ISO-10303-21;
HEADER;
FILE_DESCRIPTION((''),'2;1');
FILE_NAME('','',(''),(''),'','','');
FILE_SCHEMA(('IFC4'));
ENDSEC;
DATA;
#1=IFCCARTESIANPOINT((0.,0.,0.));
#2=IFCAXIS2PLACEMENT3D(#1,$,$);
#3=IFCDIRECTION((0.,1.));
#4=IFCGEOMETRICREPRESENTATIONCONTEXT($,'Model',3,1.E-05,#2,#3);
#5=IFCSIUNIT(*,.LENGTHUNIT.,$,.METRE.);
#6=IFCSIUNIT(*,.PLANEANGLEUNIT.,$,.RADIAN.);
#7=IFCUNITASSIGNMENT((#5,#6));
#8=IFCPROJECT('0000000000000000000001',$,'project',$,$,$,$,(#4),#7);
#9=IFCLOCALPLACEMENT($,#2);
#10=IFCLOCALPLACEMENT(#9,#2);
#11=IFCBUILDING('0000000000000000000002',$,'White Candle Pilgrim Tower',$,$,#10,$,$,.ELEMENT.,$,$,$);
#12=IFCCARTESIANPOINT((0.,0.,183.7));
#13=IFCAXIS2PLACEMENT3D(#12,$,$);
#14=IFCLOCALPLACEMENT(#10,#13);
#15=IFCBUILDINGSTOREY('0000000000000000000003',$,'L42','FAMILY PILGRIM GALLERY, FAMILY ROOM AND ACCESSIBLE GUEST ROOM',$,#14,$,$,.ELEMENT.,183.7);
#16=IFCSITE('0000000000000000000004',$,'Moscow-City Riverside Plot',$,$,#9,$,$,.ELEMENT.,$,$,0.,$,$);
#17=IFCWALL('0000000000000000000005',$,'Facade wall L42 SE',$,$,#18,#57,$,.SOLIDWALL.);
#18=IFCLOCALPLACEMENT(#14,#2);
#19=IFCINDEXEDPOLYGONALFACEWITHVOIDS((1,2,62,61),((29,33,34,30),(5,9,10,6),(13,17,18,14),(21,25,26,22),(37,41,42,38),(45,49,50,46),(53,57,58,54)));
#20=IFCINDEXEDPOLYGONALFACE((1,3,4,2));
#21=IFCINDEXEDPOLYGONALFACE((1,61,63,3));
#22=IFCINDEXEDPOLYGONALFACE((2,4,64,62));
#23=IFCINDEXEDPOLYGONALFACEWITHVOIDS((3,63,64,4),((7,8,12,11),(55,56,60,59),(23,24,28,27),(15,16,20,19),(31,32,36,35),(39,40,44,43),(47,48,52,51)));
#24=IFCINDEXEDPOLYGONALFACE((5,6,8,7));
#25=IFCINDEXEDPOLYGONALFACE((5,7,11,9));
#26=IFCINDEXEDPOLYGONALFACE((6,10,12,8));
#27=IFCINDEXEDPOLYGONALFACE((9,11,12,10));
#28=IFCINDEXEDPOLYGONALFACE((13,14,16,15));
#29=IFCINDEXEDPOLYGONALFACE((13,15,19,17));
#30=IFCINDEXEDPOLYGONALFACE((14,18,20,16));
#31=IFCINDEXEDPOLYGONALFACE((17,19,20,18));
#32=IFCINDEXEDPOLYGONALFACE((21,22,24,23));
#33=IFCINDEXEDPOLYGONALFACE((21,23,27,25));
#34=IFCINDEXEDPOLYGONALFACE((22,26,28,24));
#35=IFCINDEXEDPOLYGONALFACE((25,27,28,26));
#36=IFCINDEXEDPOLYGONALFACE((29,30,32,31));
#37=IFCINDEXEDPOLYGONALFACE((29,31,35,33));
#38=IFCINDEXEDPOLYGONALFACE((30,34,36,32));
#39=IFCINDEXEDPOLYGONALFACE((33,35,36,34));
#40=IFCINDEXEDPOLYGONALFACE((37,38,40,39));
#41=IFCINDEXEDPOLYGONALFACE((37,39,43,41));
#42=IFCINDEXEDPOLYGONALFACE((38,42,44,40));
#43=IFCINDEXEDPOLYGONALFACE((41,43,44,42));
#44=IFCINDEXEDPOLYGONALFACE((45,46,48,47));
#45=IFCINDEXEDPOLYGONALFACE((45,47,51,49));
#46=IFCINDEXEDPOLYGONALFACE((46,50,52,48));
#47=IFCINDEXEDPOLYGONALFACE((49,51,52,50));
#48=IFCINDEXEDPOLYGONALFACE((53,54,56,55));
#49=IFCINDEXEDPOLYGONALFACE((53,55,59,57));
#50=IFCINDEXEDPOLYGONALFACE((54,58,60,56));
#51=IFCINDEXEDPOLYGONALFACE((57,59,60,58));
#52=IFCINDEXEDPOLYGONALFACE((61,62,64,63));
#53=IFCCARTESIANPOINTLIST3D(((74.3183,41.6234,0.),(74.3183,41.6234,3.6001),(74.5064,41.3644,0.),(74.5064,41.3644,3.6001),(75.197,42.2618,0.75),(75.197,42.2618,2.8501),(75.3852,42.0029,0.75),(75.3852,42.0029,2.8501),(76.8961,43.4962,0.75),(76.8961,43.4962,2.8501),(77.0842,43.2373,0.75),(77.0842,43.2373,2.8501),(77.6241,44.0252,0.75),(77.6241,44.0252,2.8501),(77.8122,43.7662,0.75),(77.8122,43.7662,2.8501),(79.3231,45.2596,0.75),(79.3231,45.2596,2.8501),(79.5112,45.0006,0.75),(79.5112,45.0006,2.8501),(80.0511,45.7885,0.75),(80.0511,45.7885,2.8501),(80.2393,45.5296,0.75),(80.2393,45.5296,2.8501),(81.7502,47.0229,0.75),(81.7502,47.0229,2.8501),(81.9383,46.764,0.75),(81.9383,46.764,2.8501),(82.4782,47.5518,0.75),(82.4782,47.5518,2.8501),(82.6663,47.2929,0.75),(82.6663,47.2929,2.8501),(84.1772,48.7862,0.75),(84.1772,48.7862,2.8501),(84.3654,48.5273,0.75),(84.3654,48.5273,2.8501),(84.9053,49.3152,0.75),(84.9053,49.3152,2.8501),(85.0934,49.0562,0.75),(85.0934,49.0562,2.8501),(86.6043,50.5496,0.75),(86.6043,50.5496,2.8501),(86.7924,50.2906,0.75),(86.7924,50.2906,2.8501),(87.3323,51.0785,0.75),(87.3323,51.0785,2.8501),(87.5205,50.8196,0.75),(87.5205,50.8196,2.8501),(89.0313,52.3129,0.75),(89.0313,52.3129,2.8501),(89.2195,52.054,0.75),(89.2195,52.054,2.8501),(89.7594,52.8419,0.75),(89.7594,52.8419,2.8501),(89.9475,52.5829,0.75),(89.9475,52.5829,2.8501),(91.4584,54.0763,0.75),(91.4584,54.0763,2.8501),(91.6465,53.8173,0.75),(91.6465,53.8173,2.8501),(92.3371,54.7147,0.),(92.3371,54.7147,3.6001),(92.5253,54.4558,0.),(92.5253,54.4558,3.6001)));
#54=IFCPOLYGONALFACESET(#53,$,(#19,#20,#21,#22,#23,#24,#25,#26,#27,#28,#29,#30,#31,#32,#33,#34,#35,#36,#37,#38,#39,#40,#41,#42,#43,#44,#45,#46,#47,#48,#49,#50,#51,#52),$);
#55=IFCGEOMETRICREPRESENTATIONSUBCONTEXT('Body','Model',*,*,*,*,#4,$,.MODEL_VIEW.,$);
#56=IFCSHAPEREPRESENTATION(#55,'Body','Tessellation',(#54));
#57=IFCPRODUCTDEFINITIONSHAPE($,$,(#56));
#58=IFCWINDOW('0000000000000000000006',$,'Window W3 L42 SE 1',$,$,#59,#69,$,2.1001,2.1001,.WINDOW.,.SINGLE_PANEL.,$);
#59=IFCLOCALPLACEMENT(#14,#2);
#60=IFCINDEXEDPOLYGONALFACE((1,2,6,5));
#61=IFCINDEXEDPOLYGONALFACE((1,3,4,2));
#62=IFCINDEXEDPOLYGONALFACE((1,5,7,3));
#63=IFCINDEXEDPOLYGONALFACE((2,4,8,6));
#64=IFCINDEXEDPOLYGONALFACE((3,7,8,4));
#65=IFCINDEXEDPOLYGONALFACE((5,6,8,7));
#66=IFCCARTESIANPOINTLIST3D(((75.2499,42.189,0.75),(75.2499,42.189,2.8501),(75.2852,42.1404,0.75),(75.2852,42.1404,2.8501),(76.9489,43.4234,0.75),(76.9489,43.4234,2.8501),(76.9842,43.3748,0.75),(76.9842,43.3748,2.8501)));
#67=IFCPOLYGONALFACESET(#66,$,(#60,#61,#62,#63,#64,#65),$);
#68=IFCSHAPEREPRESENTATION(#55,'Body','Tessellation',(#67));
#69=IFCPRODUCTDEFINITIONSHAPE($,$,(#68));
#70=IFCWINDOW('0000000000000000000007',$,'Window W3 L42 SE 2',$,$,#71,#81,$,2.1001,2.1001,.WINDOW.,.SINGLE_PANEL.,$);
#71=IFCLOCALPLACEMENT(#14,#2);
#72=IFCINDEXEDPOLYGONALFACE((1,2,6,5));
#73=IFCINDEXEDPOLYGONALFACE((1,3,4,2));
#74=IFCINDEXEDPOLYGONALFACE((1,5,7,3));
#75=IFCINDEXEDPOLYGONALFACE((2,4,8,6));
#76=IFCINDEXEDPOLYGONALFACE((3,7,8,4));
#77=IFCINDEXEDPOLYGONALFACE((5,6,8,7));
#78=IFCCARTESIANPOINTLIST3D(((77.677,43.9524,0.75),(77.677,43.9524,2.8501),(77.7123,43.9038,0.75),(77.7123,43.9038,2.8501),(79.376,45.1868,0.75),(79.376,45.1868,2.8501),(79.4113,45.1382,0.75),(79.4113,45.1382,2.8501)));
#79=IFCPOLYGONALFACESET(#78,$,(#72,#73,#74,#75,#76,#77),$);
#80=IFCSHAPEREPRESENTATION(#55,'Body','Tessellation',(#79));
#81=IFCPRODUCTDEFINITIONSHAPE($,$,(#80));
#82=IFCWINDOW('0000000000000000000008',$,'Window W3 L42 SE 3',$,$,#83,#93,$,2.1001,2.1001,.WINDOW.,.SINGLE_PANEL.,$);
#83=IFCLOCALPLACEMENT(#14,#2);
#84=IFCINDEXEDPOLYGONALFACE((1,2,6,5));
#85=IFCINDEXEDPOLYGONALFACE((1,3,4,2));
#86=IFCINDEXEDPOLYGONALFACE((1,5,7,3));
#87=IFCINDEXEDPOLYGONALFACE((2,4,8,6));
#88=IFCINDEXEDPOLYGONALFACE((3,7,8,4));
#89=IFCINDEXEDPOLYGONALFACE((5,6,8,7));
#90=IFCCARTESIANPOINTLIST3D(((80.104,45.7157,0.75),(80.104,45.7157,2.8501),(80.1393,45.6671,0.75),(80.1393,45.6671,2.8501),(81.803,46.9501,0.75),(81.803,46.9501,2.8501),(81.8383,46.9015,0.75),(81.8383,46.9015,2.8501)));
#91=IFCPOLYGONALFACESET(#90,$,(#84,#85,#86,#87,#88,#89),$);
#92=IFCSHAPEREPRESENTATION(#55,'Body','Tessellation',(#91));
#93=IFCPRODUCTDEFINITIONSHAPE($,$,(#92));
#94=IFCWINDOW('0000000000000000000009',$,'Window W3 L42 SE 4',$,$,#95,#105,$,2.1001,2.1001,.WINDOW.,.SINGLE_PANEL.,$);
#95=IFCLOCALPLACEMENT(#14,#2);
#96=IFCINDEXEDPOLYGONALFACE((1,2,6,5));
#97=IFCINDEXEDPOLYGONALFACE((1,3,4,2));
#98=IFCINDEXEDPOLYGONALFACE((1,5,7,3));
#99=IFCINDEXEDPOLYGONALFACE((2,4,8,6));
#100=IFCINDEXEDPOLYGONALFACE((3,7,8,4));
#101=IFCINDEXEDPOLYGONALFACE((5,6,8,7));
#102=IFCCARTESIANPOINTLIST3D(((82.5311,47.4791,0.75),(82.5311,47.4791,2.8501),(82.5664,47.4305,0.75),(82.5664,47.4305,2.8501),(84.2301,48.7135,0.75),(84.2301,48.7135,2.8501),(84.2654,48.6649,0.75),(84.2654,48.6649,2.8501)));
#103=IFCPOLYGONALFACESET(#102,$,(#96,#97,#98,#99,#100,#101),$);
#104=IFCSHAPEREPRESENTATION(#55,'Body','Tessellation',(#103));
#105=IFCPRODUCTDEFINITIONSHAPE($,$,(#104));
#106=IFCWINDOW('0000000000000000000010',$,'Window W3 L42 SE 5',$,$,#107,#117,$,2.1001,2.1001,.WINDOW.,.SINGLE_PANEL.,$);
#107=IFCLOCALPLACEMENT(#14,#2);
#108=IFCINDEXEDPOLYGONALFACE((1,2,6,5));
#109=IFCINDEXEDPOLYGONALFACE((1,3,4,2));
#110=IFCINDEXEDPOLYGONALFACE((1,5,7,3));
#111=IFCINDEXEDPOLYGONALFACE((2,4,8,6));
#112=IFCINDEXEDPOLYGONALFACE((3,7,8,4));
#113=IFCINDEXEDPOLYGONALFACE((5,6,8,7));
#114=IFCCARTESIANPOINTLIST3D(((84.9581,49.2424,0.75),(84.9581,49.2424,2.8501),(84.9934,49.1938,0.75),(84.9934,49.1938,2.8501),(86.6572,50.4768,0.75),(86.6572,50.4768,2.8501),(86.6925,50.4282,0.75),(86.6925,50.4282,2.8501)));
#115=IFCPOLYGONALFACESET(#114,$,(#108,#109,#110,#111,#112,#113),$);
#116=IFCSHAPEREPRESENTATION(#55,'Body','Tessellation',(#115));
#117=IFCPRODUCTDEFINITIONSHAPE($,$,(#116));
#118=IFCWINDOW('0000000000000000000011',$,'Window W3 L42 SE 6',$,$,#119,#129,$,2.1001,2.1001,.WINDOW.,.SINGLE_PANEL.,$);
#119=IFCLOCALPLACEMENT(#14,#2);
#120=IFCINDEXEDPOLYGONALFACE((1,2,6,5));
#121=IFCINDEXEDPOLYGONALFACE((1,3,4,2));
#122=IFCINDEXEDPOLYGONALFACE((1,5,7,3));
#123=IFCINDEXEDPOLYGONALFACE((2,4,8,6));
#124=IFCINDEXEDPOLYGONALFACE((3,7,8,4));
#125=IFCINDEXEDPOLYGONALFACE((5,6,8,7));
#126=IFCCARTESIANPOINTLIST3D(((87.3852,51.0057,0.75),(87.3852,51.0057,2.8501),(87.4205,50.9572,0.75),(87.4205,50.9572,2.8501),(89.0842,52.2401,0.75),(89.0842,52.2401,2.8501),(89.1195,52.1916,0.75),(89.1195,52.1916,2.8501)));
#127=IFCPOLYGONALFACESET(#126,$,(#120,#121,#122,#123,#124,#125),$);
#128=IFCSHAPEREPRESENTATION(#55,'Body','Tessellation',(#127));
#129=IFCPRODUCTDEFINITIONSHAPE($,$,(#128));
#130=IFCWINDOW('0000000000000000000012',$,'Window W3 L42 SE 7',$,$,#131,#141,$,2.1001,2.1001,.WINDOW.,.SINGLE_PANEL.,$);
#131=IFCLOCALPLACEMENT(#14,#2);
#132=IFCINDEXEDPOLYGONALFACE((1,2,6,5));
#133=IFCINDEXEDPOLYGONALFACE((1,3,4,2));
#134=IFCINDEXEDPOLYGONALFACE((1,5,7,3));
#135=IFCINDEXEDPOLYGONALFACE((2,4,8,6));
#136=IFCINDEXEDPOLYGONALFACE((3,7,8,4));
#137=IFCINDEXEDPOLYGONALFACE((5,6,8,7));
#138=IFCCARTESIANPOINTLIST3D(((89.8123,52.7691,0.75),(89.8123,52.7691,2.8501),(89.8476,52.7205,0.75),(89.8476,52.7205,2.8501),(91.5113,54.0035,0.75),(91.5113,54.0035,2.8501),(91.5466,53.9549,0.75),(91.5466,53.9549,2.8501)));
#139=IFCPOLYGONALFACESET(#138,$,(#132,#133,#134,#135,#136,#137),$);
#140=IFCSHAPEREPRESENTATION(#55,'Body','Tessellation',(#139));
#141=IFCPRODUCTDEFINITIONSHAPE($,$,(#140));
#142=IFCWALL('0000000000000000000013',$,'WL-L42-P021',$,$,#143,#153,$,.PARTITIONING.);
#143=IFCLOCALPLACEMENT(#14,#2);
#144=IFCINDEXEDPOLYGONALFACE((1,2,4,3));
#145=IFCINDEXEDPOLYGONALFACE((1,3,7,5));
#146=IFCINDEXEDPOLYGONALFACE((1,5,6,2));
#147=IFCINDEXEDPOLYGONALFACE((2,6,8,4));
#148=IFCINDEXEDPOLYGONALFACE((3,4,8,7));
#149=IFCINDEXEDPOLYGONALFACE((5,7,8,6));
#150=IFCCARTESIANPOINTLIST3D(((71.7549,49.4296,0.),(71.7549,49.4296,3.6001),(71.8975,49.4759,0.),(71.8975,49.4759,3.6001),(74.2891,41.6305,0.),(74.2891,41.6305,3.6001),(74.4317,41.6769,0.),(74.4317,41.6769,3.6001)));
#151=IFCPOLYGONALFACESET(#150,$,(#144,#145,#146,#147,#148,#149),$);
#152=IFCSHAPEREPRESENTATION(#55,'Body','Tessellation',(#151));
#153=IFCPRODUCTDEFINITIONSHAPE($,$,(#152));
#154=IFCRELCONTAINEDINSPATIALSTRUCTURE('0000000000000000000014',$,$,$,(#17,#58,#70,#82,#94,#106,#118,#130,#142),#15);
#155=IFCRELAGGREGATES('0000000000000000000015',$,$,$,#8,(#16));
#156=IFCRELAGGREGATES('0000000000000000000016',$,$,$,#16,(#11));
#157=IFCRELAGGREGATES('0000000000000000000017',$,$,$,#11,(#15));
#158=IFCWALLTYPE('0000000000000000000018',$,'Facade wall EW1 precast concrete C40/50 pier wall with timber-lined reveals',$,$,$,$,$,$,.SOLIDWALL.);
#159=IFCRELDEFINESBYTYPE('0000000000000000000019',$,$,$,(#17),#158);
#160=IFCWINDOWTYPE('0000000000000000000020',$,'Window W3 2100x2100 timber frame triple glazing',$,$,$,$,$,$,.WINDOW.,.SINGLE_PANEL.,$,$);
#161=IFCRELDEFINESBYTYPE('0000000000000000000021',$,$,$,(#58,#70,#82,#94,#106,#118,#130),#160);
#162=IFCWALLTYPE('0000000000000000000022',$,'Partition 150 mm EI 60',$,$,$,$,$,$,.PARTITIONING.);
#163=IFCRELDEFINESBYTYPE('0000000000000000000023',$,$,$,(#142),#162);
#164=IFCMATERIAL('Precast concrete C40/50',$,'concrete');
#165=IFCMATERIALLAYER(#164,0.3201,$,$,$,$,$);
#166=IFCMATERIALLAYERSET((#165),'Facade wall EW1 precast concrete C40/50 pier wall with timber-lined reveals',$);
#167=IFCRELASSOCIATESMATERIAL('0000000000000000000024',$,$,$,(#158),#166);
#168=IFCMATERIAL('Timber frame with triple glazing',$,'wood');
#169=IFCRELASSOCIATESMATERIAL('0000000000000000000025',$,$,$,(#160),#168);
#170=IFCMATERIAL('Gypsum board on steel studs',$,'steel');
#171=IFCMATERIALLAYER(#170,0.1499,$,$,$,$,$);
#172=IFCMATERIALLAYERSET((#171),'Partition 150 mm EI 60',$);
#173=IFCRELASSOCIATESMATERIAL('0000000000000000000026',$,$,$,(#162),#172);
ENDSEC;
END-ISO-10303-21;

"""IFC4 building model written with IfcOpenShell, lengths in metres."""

from ifc_helpers import new_model, si_unit, direction, frame, frame_2d, origin, place, context, subcontext, project, spatial, rectangle, extrude, material, layer, layer_set, type_object, element, fill, save


model = new_model("IFC4")

# Units and contexts
model_context = context("Model", 3, precision=1e-05, world=origin(), true_north=direction((0.0, 1.0)))
body_context = subcontext(model_context, "Body", "Model", "MODEL_VIEW")
ifc_project = project(units=[si_unit("LENGTHUNIT", "METRE"), si_unit("PLANEANGLEUNIT", "RADIAN")], contexts=[model_context])

# Site, building, storey
site_placement = place(None, origin())
site = spatial("IfcSite", under=ifc_project, at=site_placement, Name="Moscow-City Riverside Plot", CompositionType="ELEMENT", RefElevation=0.0)
building_placement = place(site_placement, origin())
building = spatial("IfcBuilding", under=site, at=building_placement, Name="White Candle Pilgrim Tower", CompositionType="ELEMENT")
storey_placement = place(building_placement, frame((0.0, 0.0, 183.7)))
storey = spatial("IfcBuildingStorey", under=building, at=storey_placement, Name="L42", Description="FAMILY PILGRIM GALLERY, FAMILY ROOM AND ACCESSIBLE GUEST ROOM", CompositionType="ELEMENT", Elevation=183.7)

# Shared definitions
ifc_material_1 = material(Name="Gypsum board on steel studs", Category="steel")

# Wall, openings, windows
ifc_material_2 = material(Name="Precast concrete C40/50", Category="concrete")
ifc_layer_1 = layer(ifc_material_2, 0.3201)
ifc_layer_set_1 = layer_set([ifc_layer_1], Name="Facade wall EW1 precast concrete C40/50 pier wall with timber-lined reveals")
wall_type_1 = type_object("IfcWallType", Name="Facade wall EW1 precast concrete C40/50 pier wall with timber-lined reveals", PredefinedType="SOLIDWALL", material=ifc_layer_set_1)
wall_1_placement = place(storey_placement, frame((74.4124, 41.4939, 0.0), z_axis=(0.0, 0.0, 1.0), x_axis=(0.809019, 0.587782, 0.0)))
wall_1 = element("IfcWall", 1, at=wall_1_placement, inside=storey, type_object=wall_type_1, Name="Facade wall L42 SE", PredefinedType="SOLIDWALL", context=body_context, shape_type="SweptSolid", body=[
    extrude(rectangle(XDim=22.2725, YDim=0.3201, at=frame_2d((11.1362, 0.0))), origin(), (0.0, 0.0, 1.0), 3.6001),
])
opening_1_placement = place(wall_1_placement, frame((1.0862, 0.0, 0.75)))
opening_1 = element("IfcOpeningElement", 2, at=opening_1_placement, cuts=wall_1, PredefinedType="OPENING", context=body_context, shape_type="SweptSolid", body=[
    extrude(rectangle(XDim=2.1001, YDim=2.1001, at=frame_2d((1.05, 1.05))), frame((0.0, 0.1699, 0.0), z_axis=(0.0, -1.0, 0.0), x_axis=(1.0, 0.0, 0.0)), (0.0, 0.0, 1.0), 0.3401),
])
opening_2_placement = place(wall_1_placement, frame((4.0862, 0.0, 0.75)))
opening_2 = element("IfcOpeningElement", 3, at=opening_2_placement, cuts=wall_1, PredefinedType="OPENING", context=body_context, shape_type="SweptSolid", body=[
    extrude(rectangle(XDim=2.1001, YDim=2.1001, at=frame_2d((1.05, 1.05))), frame((0.0, 0.1699, 0.0), z_axis=(0.0, -1.0, 0.0), x_axis=(1.0, 0.0, 0.0)), (0.0, 0.0, 1.0), 0.3401),
])
opening_3_placement = place(wall_1_placement, frame((7.0862, 0.0, 0.75)))
opening_3 = element("IfcOpeningElement", 4, at=opening_3_placement, cuts=wall_1, PredefinedType="OPENING", context=body_context, shape_type="SweptSolid", body=[
    extrude(rectangle(XDim=2.1001, YDim=2.1001, at=frame_2d((1.05, 1.05))), frame((0.0, 0.1699, 0.0), z_axis=(0.0, -1.0, 0.0), x_axis=(1.0, 0.0, 0.0)), (0.0, 0.0, 1.0), 0.3401),
])
opening_4_placement = place(wall_1_placement, frame((10.0862, 0.0, 0.75)))
opening_4 = element("IfcOpeningElement", 5, at=opening_4_placement, cuts=wall_1, PredefinedType="OPENING", context=body_context, shape_type="SweptSolid", body=[
    extrude(rectangle(XDim=2.1001, YDim=2.1001, at=frame_2d((1.05, 1.05))), frame((0.0, 0.1699, 0.0), z_axis=(0.0, -1.0, 0.0), x_axis=(1.0, 0.0, 0.0)), (0.0, 0.0, 1.0), 0.3401),
])
opening_5_placement = place(wall_1_placement, frame((13.0862, 0.0, 0.75)))
opening_5 = element("IfcOpeningElement", 6, at=opening_5_placement, cuts=wall_1, PredefinedType="OPENING", context=body_context, shape_type="SweptSolid", body=[
    extrude(rectangle(XDim=2.1001, YDim=2.1001, at=frame_2d((1.05, 1.05))), frame((0.0, 0.1699, 0.0), z_axis=(0.0, -1.0, 0.0), x_axis=(1.0, 0.0, 0.0)), (0.0, 0.0, 1.0), 0.3401),
])
opening_6_placement = place(wall_1_placement, frame((16.0862, 0.0, 0.75)))
opening_6 = element("IfcOpeningElement", 7, at=opening_6_placement, cuts=wall_1, PredefinedType="OPENING", context=body_context, shape_type="SweptSolid", body=[
    extrude(rectangle(XDim=2.1001, YDim=2.1001, at=frame_2d((1.05, 1.05))), frame((0.0, 0.1699, 0.0), z_axis=(0.0, -1.0, 0.0), x_axis=(1.0, 0.0, 0.0)), (0.0, 0.0, 1.0), 0.3401),
])
opening_7_placement = place(wall_1_placement, frame((19.0862, 0.0, 0.75)))
opening_7 = element("IfcOpeningElement", 8, at=opening_7_placement, cuts=wall_1, PredefinedType="OPENING", context=body_context, shape_type="SweptSolid", body=[
    extrude(rectangle(XDim=2.1001, YDim=2.1001, at=frame_2d((1.05, 1.05))), frame((0.0, 0.1699, 0.0), z_axis=(0.0, -1.0, 0.0), x_axis=(1.0, 0.0, 0.0)), (0.0, 0.0, 1.0), 0.3401),
])
ifc_material_3 = material(Name="Timber frame with triple glazing", Category="wood")
window_type = type_object("IfcWindowType", Name="Window W3 2100x2100 timber frame triple glazing", PartitioningType="SINGLE_PANEL", PredefinedType="WINDOW", material=ifc_material_3)
window_1_placement = place(opening_1_placement, origin())
window_1 = element("IfcWindow", 9, at=window_1_placement, inside=storey, type_object=window_type, Name="Window W3 L42 SE 1", OverallHeight=2.1001, OverallWidth=2.1001, PartitioningType="SINGLE_PANEL", PredefinedType="WINDOW", context=body_context, shape_type="SweptSolid", body=[
    extrude(rectangle(XDim=2.1001, YDim=2.1001, at=frame_2d((1.05, 1.05))), frame((0.0, 0.0701, 0.0), z_axis=(0.0, -1.0, 0.0), x_axis=(1.0, 0.0, 0.0)), (0.0, 0.0, 1.0), 0.0601),
])
fill(opening_1, window_1)
window_2_placement = place(opening_2_placement, origin())
window_2 = element("IfcWindow", 10, at=window_2_placement, inside=storey, type_object=window_type, Name="Window W3 L42 SE 2", OverallHeight=2.1001, OverallWidth=2.1001, PartitioningType="SINGLE_PANEL", PredefinedType="WINDOW", context=body_context, shape_type="SweptSolid", body=[
    extrude(rectangle(XDim=2.1001, YDim=2.1001, at=frame_2d((1.05, 1.05))), frame((0.0, 0.0701, 0.0), z_axis=(0.0, -1.0, 0.0), x_axis=(1.0, 0.0, 0.0)), (0.0, 0.0, 1.0), 0.0601),
])
fill(opening_2, window_2)
window_3_placement = place(opening_3_placement, origin())
window_3 = element("IfcWindow", 11, at=window_3_placement, inside=storey, type_object=window_type, Name="Window W3 L42 SE 3", OverallHeight=2.1001, OverallWidth=2.1001, PartitioningType="SINGLE_PANEL", PredefinedType="WINDOW", context=body_context, shape_type="SweptSolid", body=[
    extrude(rectangle(XDim=2.1001, YDim=2.1001, at=frame_2d((1.05, 1.05))), frame((0.0, 0.0701, 0.0), z_axis=(0.0, -1.0, 0.0), x_axis=(1.0, 0.0, 0.0)), (0.0, 0.0, 1.0), 0.0601),
])
fill(opening_3, window_3)
window_4_placement = place(opening_4_placement, origin())
window_4 = element("IfcWindow", 12, at=window_4_placement, inside=storey, type_object=window_type, Name="Window W3 L42 SE 4", OverallHeight=2.1001, OverallWidth=2.1001, PartitioningType="SINGLE_PANEL", PredefinedType="WINDOW", context=body_context, shape_type="SweptSolid", body=[
    extrude(rectangle(XDim=2.1001, YDim=2.1001, at=frame_2d((1.05, 1.05))), frame((0.0, 0.0701, 0.0), z_axis=(0.0, -1.0, 0.0), x_axis=(1.0, 0.0, 0.0)), (0.0, 0.0, 1.0), 0.0601),
])
fill(opening_4, window_4)
window_5_placement = place(opening_5_placement, origin())
window_5 = element("IfcWindow", 13, at=window_5_placement, inside=storey, type_object=window_type, Name="Window W3 L42 SE 5", OverallHeight=2.1001, OverallWidth=2.1001, PartitioningType="SINGLE_PANEL", PredefinedType="WINDOW", context=body_context, shape_type="SweptSolid", body=[
    extrude(rectangle(XDim=2.1001, YDim=2.1001, at=frame_2d((1.05, 1.05))), frame((0.0, 0.0701, 0.0), z_axis=(0.0, -1.0, 0.0), x_axis=(1.0, 0.0, 0.0)), (0.0, 0.0, 1.0), 0.0601),
])
fill(opening_5, window_5)
window_6_placement = place(opening_6_placement, origin())
window_6 = element("IfcWindow", 14, at=window_6_placement, inside=storey, type_object=window_type, Name="Window W3 L42 SE 6", OverallHeight=2.1001, OverallWidth=2.1001, PartitioningType="SINGLE_PANEL", PredefinedType="WINDOW", context=body_context, shape_type="SweptSolid", body=[
    extrude(rectangle(XDim=2.1001, YDim=2.1001, at=frame_2d((1.05, 1.05))), frame((0.0, 0.0701, 0.0), z_axis=(0.0, -1.0, 0.0), x_axis=(1.0, 0.0, 0.0)), (0.0, 0.0, 1.0), 0.0601),
])
fill(opening_6, window_6)
window_7_placement = place(opening_7_placement, origin())
window_7 = element("IfcWindow", 15, at=window_7_placement, inside=storey, type_object=window_type, Name="Window W3 L42 SE 7", OverallHeight=2.1001, OverallWidth=2.1001, PartitioningType="SINGLE_PANEL", PredefinedType="WINDOW", context=body_context, shape_type="SweptSolid", body=[
    extrude(rectangle(XDim=2.1001, YDim=2.1001, at=frame_2d((1.05, 1.05))), frame((0.0, 0.0701, 0.0), z_axis=(0.0, -1.0, 0.0), x_axis=(1.0, 0.0, 0.0)), (0.0, 0.0, 1.0), 0.0601),
])
fill(opening_7, window_7)

# Wall
ifc_layer_2 = layer(ifc_material_1, 0.1499)
ifc_layer_set_2 = layer_set([ifc_layer_2], Name="Partition 150 mm EI 60")
wall_type_2 = type_object("IfcWallType", Name="Partition 150 mm EI 60", PredefinedType="PARTITIONING", material=ifc_layer_set_2)
wall_2_placement = place(storey_placement, frame((74.3604, 41.6538, 0.0), z_axis=(0.0, 0.0, 1.0), x_axis=(-0.309029, 0.951053, 0.0)))
element("IfcWall", 16, at=wall_2_placement, inside=storey, type_object=wall_type_2, Name="WL-L42-P021", PredefinedType="PARTITIONING", context=body_context, shape_type="SweptSolid", body=[
    extrude(rectangle(XDim=8.2004, YDim=0.1499, at=frame_2d((4.1001, 0.0))), origin(), (0.0, 0.0, 1.0), 3.6001),
])

save(model, "model.ifc")
